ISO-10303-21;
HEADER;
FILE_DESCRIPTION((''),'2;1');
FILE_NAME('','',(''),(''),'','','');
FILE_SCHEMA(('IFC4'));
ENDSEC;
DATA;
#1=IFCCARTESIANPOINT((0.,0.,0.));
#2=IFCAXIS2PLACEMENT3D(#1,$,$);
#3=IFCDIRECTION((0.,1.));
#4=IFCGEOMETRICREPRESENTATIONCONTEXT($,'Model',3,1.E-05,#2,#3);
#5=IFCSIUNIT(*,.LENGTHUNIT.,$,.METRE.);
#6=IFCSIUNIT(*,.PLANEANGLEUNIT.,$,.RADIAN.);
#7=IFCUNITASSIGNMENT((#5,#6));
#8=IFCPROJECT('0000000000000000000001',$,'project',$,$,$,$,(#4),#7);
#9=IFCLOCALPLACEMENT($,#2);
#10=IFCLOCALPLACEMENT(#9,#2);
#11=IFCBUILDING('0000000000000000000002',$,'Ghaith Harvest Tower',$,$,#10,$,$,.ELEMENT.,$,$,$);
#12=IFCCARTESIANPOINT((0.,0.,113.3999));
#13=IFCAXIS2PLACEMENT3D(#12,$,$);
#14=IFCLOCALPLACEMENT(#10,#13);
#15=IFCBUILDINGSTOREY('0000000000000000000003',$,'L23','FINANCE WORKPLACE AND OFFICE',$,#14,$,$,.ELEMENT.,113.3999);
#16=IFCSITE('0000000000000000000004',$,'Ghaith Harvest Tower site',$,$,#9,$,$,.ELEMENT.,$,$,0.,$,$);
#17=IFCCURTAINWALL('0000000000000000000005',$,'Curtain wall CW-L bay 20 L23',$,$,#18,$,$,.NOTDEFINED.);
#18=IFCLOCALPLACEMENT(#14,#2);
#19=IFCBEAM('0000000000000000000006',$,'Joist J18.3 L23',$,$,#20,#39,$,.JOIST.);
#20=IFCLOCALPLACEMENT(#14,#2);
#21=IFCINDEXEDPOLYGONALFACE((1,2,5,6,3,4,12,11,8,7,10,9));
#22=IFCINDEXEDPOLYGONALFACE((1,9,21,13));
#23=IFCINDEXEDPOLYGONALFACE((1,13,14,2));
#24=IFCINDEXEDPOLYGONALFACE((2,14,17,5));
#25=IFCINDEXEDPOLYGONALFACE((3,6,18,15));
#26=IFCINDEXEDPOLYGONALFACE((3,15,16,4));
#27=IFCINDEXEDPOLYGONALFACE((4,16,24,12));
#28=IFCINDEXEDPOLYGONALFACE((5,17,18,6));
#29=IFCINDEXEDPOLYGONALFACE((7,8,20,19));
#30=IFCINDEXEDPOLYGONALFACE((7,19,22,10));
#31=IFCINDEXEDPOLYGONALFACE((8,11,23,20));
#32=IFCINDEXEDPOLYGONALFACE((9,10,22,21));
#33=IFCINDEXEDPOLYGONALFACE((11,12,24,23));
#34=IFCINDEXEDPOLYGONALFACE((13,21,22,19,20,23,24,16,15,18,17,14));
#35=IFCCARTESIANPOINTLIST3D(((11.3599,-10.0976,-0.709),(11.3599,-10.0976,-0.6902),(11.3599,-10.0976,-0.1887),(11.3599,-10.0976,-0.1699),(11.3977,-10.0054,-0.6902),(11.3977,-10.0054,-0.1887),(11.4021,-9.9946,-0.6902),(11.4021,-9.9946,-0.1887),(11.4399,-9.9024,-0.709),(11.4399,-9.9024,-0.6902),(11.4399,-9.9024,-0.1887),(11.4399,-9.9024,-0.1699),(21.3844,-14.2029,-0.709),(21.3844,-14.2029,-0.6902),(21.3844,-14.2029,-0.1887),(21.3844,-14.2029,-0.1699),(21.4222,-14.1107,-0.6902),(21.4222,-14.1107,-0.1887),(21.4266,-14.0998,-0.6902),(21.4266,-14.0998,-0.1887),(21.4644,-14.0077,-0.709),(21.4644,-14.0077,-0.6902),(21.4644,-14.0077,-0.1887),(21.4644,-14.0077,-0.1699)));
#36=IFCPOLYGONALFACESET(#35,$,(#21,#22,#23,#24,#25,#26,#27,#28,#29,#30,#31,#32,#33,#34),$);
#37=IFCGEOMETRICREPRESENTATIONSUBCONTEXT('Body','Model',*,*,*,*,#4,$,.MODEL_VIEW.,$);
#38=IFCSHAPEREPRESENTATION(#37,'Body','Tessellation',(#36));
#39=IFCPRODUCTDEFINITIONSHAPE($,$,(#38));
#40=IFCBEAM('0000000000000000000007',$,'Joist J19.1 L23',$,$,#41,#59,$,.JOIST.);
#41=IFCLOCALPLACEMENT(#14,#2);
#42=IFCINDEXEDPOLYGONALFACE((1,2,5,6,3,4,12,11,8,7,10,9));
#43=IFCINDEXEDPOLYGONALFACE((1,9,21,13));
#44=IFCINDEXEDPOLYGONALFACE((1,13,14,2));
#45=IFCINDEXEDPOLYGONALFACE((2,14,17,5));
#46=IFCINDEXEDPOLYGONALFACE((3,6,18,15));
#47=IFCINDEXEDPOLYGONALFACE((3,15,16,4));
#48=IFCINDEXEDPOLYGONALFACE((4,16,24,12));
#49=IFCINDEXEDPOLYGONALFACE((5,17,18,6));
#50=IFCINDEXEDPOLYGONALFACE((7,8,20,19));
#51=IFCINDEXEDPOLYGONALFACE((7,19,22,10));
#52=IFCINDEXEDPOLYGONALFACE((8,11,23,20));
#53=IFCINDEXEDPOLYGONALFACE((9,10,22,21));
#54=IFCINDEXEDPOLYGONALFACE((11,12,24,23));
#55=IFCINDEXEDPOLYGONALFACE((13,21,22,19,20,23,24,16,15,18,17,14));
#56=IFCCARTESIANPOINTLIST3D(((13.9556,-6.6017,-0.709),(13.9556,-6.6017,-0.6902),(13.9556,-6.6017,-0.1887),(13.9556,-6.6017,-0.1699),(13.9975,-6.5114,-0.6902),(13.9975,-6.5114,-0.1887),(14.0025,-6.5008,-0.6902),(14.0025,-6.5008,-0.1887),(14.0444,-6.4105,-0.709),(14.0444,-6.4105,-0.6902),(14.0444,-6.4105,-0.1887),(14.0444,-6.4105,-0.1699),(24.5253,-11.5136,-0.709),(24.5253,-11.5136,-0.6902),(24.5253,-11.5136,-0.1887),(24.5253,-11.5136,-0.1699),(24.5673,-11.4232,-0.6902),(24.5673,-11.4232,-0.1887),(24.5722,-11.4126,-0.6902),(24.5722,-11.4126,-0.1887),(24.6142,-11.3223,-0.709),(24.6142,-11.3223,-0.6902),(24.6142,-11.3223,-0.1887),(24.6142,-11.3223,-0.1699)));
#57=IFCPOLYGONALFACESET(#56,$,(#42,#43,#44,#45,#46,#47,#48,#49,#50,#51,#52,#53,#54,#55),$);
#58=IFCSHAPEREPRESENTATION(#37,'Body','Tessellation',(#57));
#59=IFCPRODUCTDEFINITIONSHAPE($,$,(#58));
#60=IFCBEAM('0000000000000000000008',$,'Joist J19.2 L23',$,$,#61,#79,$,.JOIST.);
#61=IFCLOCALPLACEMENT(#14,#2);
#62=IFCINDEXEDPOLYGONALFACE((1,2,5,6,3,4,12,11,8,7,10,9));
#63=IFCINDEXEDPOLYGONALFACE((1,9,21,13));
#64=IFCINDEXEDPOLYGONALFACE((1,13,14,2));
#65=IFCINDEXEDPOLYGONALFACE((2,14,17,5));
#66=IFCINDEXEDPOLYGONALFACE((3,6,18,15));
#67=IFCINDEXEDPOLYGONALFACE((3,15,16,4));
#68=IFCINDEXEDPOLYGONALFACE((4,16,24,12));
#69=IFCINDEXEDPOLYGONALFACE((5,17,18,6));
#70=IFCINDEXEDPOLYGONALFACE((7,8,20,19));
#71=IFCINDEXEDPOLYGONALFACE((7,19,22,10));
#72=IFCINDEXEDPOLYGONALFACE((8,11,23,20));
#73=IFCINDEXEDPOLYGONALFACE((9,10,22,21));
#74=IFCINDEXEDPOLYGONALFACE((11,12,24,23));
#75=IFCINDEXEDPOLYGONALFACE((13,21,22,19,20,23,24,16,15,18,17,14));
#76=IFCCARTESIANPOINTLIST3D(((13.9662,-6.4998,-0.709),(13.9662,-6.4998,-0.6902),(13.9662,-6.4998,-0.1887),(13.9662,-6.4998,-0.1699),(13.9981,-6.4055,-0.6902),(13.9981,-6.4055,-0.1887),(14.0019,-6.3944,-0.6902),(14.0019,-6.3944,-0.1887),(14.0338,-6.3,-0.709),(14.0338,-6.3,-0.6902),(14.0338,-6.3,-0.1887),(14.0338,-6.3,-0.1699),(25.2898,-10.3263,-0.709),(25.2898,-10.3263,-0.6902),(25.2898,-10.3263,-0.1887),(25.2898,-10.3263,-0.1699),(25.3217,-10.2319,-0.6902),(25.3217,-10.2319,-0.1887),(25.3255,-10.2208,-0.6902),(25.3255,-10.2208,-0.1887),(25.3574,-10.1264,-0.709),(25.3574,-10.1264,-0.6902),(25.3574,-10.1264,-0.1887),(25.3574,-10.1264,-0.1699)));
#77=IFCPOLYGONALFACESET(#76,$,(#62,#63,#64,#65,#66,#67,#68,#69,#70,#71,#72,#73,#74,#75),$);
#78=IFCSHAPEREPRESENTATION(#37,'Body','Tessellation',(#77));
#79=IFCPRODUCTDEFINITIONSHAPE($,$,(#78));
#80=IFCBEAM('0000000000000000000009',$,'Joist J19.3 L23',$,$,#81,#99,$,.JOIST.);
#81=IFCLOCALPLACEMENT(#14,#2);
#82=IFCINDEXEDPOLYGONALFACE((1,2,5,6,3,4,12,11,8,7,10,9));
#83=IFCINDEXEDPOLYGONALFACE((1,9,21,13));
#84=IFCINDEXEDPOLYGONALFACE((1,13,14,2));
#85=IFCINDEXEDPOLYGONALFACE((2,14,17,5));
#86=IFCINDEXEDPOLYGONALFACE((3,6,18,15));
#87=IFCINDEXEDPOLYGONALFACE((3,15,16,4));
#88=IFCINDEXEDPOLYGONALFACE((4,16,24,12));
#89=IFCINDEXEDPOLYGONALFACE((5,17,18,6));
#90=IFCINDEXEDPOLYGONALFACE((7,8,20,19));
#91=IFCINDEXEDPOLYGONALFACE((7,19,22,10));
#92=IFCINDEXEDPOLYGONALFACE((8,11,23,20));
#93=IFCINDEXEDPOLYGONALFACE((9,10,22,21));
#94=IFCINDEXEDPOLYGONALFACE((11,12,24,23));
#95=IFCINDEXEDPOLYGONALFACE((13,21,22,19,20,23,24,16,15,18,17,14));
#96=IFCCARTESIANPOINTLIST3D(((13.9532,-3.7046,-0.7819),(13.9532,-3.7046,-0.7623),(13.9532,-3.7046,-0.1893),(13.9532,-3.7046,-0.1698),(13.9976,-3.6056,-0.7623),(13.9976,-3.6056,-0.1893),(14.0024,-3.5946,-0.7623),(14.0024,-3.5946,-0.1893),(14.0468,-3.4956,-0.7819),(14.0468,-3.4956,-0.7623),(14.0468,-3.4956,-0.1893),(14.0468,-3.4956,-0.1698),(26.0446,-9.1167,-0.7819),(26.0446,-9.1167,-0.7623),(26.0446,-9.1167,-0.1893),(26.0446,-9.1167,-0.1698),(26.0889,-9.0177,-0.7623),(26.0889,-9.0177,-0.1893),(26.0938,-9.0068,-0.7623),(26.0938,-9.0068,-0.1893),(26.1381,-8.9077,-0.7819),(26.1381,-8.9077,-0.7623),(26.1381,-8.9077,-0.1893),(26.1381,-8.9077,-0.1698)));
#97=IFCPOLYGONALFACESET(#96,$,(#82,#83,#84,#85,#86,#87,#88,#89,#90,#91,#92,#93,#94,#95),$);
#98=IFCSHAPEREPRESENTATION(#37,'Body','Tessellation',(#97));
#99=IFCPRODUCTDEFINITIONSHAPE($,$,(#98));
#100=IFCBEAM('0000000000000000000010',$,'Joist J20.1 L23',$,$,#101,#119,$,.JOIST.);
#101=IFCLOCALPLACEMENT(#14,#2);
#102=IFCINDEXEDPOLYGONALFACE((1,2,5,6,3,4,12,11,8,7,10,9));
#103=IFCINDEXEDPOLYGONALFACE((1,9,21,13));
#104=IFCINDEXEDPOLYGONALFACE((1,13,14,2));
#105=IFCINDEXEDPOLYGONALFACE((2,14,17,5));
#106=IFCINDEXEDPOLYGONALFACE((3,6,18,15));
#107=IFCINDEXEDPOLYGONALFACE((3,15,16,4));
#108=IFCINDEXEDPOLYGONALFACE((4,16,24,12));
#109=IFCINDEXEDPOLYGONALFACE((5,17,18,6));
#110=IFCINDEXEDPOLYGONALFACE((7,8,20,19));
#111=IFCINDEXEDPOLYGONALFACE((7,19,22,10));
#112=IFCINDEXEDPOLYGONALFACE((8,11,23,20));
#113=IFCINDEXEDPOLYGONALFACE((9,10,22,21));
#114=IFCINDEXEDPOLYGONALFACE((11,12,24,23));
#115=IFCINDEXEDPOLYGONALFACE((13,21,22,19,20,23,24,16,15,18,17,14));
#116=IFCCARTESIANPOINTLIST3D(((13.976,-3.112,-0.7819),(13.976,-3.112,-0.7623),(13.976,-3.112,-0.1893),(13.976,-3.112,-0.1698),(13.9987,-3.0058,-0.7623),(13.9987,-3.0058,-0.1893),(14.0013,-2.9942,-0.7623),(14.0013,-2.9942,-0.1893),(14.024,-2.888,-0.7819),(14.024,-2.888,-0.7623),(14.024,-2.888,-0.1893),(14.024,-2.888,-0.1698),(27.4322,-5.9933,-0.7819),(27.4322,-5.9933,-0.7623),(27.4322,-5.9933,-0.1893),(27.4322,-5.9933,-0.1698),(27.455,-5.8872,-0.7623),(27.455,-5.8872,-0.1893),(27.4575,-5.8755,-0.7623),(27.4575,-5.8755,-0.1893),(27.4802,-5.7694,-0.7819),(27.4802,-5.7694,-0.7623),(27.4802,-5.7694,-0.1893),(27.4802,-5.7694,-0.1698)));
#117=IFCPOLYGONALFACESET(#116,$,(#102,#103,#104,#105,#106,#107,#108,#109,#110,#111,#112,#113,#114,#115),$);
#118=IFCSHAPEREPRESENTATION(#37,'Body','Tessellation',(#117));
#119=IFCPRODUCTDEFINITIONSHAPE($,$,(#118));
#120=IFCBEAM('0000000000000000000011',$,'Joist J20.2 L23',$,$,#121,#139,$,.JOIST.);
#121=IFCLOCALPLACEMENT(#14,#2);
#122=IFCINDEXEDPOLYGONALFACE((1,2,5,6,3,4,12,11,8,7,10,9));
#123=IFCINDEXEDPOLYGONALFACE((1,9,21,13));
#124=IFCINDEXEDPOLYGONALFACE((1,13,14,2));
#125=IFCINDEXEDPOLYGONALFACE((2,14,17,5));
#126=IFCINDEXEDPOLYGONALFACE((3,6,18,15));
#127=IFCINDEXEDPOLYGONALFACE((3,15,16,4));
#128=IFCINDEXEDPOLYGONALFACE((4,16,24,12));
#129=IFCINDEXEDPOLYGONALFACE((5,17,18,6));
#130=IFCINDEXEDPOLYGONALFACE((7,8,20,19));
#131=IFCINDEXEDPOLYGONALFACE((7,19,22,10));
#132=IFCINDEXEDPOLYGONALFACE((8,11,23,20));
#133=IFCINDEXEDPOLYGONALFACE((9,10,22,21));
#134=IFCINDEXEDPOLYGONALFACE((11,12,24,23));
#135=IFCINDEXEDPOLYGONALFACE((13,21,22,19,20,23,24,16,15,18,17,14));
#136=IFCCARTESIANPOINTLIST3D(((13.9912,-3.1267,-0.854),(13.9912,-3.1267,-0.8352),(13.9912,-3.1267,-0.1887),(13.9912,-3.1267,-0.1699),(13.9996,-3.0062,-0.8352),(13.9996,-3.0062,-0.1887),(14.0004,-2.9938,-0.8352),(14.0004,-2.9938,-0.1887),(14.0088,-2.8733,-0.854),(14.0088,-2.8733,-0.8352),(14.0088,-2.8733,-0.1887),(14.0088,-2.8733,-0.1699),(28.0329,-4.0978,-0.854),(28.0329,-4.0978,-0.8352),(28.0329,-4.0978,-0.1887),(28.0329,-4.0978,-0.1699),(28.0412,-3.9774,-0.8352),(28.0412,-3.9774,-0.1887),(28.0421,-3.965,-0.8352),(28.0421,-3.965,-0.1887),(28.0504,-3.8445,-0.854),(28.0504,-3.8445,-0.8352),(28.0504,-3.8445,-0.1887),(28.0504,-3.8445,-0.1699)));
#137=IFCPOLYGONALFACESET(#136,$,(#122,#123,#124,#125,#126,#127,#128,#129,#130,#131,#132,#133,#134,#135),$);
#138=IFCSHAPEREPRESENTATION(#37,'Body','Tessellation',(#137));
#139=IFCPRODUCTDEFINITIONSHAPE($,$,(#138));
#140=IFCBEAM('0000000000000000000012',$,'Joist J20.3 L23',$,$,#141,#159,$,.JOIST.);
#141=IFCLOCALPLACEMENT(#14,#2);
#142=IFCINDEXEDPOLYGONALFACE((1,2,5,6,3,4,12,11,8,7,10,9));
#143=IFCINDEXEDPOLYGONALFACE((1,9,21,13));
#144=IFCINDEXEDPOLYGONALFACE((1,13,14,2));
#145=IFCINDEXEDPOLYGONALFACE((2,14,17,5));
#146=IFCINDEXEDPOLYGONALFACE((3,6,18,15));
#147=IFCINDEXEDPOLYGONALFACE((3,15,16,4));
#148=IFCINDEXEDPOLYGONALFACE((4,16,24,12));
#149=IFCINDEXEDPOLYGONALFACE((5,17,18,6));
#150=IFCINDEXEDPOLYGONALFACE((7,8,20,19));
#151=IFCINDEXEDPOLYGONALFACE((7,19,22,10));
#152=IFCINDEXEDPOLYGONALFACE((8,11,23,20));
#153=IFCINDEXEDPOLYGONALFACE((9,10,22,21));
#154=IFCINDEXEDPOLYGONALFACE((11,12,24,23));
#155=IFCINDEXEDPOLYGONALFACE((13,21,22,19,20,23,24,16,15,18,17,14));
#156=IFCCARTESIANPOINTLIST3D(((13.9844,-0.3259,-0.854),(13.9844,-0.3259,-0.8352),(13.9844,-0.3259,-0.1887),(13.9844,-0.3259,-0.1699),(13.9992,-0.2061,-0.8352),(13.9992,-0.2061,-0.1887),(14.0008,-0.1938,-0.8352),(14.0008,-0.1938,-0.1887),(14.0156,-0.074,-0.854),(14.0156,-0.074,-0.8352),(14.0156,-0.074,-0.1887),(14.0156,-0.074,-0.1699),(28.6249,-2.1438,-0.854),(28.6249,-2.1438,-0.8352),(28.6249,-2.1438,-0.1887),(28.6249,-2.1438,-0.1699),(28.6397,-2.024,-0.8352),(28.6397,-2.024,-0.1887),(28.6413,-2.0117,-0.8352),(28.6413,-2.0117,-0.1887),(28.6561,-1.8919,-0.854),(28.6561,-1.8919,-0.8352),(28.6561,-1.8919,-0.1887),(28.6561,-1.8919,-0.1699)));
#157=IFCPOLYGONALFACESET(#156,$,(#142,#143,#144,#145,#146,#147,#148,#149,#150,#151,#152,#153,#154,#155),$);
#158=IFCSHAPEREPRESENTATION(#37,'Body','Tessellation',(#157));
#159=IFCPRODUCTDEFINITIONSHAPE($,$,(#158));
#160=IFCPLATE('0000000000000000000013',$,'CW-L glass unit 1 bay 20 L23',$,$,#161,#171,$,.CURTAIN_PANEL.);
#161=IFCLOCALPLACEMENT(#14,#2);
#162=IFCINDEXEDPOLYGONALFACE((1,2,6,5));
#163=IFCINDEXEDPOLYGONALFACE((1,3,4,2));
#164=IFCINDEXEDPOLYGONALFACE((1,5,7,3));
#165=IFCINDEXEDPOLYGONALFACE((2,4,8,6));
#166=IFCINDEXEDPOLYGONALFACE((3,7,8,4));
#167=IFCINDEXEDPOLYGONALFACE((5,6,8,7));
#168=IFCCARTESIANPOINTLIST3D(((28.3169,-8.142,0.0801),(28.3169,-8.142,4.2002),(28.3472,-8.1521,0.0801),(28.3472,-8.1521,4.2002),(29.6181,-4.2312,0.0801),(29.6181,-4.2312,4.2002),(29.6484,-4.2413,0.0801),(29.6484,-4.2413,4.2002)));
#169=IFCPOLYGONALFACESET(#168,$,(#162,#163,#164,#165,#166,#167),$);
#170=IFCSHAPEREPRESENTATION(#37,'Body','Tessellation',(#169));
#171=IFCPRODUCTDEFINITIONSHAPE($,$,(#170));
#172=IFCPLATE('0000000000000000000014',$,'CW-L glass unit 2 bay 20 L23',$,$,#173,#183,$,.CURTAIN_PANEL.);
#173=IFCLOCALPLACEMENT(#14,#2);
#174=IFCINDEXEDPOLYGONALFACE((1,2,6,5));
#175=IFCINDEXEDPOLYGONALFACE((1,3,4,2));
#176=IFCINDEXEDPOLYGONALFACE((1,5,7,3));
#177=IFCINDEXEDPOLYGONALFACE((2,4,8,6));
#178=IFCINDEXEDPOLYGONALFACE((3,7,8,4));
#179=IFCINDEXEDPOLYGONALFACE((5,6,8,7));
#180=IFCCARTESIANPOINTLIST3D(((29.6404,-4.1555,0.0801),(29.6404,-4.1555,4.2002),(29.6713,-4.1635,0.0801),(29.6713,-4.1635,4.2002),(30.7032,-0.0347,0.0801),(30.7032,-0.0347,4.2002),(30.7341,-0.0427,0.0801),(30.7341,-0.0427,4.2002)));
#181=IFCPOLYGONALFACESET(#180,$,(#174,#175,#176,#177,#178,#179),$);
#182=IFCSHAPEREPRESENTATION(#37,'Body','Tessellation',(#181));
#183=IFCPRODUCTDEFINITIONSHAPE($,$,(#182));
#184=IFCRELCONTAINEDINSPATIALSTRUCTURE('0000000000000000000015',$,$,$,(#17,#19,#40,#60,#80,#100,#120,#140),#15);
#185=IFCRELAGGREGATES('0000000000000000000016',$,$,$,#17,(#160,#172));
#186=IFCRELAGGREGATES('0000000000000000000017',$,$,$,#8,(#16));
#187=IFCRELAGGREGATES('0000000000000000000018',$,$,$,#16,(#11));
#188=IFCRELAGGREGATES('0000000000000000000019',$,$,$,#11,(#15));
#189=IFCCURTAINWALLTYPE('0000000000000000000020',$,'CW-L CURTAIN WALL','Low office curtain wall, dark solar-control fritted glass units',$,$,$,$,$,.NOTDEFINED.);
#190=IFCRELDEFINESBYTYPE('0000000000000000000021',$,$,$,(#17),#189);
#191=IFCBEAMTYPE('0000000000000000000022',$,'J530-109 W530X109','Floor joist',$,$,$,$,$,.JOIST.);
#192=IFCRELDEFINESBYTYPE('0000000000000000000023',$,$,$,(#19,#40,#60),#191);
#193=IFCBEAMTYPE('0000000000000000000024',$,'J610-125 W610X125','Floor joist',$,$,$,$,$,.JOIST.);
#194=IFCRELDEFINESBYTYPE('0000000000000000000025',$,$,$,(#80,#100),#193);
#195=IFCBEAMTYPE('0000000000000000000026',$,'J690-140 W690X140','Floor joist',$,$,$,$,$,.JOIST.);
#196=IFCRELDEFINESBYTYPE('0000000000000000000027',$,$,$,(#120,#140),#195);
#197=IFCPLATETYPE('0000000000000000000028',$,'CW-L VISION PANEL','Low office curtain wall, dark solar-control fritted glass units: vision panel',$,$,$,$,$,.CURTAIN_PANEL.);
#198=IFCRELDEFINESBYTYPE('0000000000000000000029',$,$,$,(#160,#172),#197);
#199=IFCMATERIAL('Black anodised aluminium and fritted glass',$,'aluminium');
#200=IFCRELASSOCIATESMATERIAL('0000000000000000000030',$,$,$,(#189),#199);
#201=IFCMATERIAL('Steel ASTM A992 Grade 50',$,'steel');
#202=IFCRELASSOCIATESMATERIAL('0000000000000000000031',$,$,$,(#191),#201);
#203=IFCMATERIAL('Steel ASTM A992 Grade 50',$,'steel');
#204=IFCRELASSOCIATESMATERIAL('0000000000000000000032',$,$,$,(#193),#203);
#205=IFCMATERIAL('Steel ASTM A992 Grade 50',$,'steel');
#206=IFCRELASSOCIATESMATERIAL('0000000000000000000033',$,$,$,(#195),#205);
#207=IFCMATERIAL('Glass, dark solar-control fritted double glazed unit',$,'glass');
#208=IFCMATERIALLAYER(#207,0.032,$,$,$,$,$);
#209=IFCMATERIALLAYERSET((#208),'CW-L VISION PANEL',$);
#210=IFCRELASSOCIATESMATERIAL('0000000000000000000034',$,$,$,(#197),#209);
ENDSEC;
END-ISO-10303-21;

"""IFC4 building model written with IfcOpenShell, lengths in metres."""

from ifc_helpers import new_model, si_unit, direction, frame, origin, origin_2d, place, context, subcontext, project, spatial, rectangle, i_section, extrude, material, layer, layer_set, material_profile, profile_set, type_object, element, aggregate, save


model = new_model("IFC4")

# Units and contexts
model_context = context("Model", 3, precision=1e-05, world=origin(), true_north=direction((0.0, 1.0)))
body_context = subcontext(model_context, "Body", "Model", "MODEL_VIEW")
ifc_project = project(units=[si_unit("LENGTHUNIT", "METRE"), si_unit("PLANEANGLEUNIT", "RADIAN")], contexts=[model_context])

# Site, building, storey
site_placement = place(None, origin())
site = spatial("IfcSite", under=ifc_project, at=site_placement, Name="Ghaith Harvest Tower site", CompositionType="ELEMENT", RefElevation=0.0)
building_placement = place(site_placement, origin())
building = spatial("IfcBuilding", under=site, at=building_placement, Name="Ghaith Harvest Tower", CompositionType="ELEMENT")
storey_placement = place(building_placement, frame((0.0, 0.0, 113.3999)))
storey = spatial("IfcBuildingStorey", under=building, at=storey_placement, Name="L23", Description="FINANCE WORKPLACE AND OFFICE", CompositionType="ELEMENT", Elevation=113.3999)

# Curtain wall
ifc_material_1 = material(Name="Black anodised aluminium and fritted glass", Category="aluminium")
curtain_wall_type = type_object("IfcCurtainWallType", Name="CW-L CURTAIN WALL", Description="Low office curtain wall, dark solar-control fritted glass units", PredefinedType="NOTDEFINED", material=ifc_material_1)
curtain_wall_placement = place(storey_placement, origin())
curtain_wall = element("IfcCurtainWall", 1, at=curtain_wall_placement, inside=storey, type_object=curtain_wall_type, Name="Curtain wall CW-L bay 20 L23", PredefinedType="NOTDEFINED")

# Beams
ifc_material_2 = material(Name="Steel ASTM A992 Grade 50", Category="steel")
ifc_material_profile_1 = material_profile(ifc_material_2, i_section(OverallWidth=0.2109, OverallDepth=0.5391, WebThickness=0.0117, FlangeThickness=0.0188, at=origin_2d()), Name="W530X109")
ifc_profile_set_1 = profile_set([ifc_material_profile_1], Name="Steel ASTM A992 Grade 50")
beam_type_1 = type_object("IfcBeamType", Name="J530-109 W530X109", Description="Floor joist", PredefinedType="JOIST", material=ifc_profile_set_1)
beam_1_placement = place(storey_placement, frame((11.3999, -10.0, -0.4395), z_axis=(0.925407, -0.378975, 0.0), x_axis=(0.378975, 0.925407, 0.0)))
element("IfcBeam", 2, at=beam_1_placement, inside=storey, type_object=beam_type_1, Name="Joist J18.3 L23", PredefinedType="JOIST", context=body_context, shape_type="SweptSolid", body=[
    extrude(i_section(OverallWidth=0.2109, OverallDepth=0.5391, WebThickness=0.0117, FlangeThickness=0.0188, at=origin_2d()), origin(), (0.0, 0.0, 1.0), 10.8325),
])
beam_2_placement = place(storey_placement, frame((14.0, -6.5061, -0.4395), z_axis=(0.906863, -0.421425, 0.0), x_axis=(0.421425, 0.906863, 0.0)))
element("IfcBeam", 3, at=beam_2_placement, inside=storey, type_object=beam_type_1, Name="Joist J19.1 L23", PredefinedType="JOIST", context=body_context, shape_type="SweptSolid", body=[
    extrude(i_section(OverallWidth=0.2109, OverallDepth=0.5391, WebThickness=0.0117, FlangeThickness=0.0188, at=origin_2d()), origin(), (0.0, 0.0, 1.0), 11.6553),
])
beam_3_placement = place(storey_placement, frame((14.0, -6.3999, -0.4395), z_axis=(0.947372, -0.320135, 0.0), x_axis=(0.320135, 0.947372, 0.0)))
element("IfcBeam", 4, at=beam_3_placement, inside=storey, type_object=beam_type_1, Name="Joist J19.2 L23", PredefinedType="JOIST", context=body_context, shape_type="SweptSolid", body=[
    extrude(i_section(OverallWidth=0.2109, OverallDepth=0.5391, WebThickness=0.0117, FlangeThickness=0.0188, at=origin_2d()), origin(), (0.0, 0.0, 1.0), 11.9526),
])
ifc_material_3 = material(Name="Steel ASTM A992 Grade 50", Category="steel")
ifc_material_profile_2 = material_profile(ifc_material_3, i_section(OverallWidth=0.229, OverallDepth=0.6121, WebThickness=0.012, FlangeThickness=0.0195, at=origin_2d()), Name="W610X125")
ifc_profile_set_2 = profile_set([ifc_material_profile_2], Name="Steel ASTM A992 Grade 50")
beam_type_2 = type_object("IfcBeamType", Name="J610-125 W610X125", Description="Floor joist", PredefinedType="JOIST", material=ifc_profile_set_2)
beam_4_placement = place(storey_placement, frame((14.0, -3.6001, -0.4758), z_axis=(0.912738, -0.408545, 0.0), x_axis=(0.408545, 0.912738, 0.0)))
element("IfcBeam", 5, at=beam_4_placement, inside=storey, type_object=beam_type_2, Name="Joist J19.3 L23", PredefinedType="JOIST", context=body_context, shape_type="SweptSolid", body=[
    extrude(i_section(OverallWidth=0.229, OverallDepth=0.6121, WebThickness=0.012, FlangeThickness=0.0195, at=origin_2d()), origin(), (0.0, 0.0, 1.0), 13.2473),
])
beam_5_placement = place(storey_placement, frame((14.0, -3.0, -0.4758), z_axis=(0.977834, -0.20938, 0.0), x_axis=(0.20938, 0.977834, 0.0)))
element("IfcBeam", 6, at=beam_5_placement, inside=storey, type_object=beam_type_2, Name="Joist J20.1 L23", PredefinedType="JOIST", context=body_context, shape_type="SweptSolid", body=[
    extrude(i_section(OverallWidth=0.229, OverallDepth=0.6121, WebThickness=0.012, FlangeThickness=0.0195, at=origin_2d()), origin(), (0.0, 0.0, 1.0), 13.7612),
])
ifc_material_4 = material(Name="Steel ASTM A992 Grade 50", Category="steel")
ifc_material_profile_3 = material_profile(ifc_material_4, i_section(OverallWidth=0.2539, OverallDepth=0.6841, WebThickness=0.0125, FlangeThickness=0.0188, at=origin_2d()), Name="W690X140")
ifc_profile_set_3 = profile_set([ifc_material_profile_3], Name="Steel ASTM A992 Grade 50")
beam_type_3 = type_object("IfcBeamType", Name="J690-140 W690X140", Description="Floor joist", PredefinedType="JOIST", material=ifc_profile_set_3)
beam_6_placement = place(storey_placement, frame((14.0, -3.0, -0.512), z_axis=(0.997617, -0.069, 0.0), x_axis=(0.069, 0.997617, 0.0)))
element("IfcBeam", 7, at=beam_6_placement, inside=storey, type_object=beam_type_3, Name="Joist J20.2 L23", PredefinedType="JOIST", context=body_context, shape_type="SweptSolid", body=[
    extrude(i_section(OverallWidth=0.2539, OverallDepth=0.6841, WebThickness=0.0125, FlangeThickness=0.0188, at=origin_2d()), origin(), (0.0, 0.0, 1.0), 14.0752),
])
beam_7_placement = place(storey_placement, frame((14.0, -0.2, -0.512), z_axis=(0.992379, -0.123222, 0.0), x_axis=(0.123222, 0.992379, 0.0)))
element("IfcBeam", 8, at=beam_7_placement, inside=storey, type_object=beam_type_3, Name="Joist J20.3 L23", PredefinedType="JOIST", context=body_context, shape_type="SweptSolid", body=[
    extrude(i_section(OverallWidth=0.2539, OverallDepth=0.6841, WebThickness=0.0125, FlangeThickness=0.0188, at=origin_2d()), origin(), (0.0, 0.0, 1.0), 14.7529),
])

# Plates
ifc_material_5 = material(Name="Glass, dark solar-control fritted double glazed unit", Category="glass")
ifc_layer_1 = layer(ifc_material_5, 0.032)
ifc_layer_set_1 = layer_set([ifc_layer_1], Name="CW-L VISION PANEL")
plate_type_1 = type_object("IfcPlateType", Name="CW-L VISION PANEL", Description="Low office curtain wall, dark solar-control fritted glass units: vision panel", PredefinedType="CURTAIN_PANEL", material=ifc_layer_set_1)
plate_1_placement = place(storey_placement, frame((28.9827, -6.1917, 0.0801), z_axis=(0.0, 0.0, 1.0), x_axis=(0.315708, 0.948856, 0.0)))
plate_1 = element("IfcPlate", 9, at=plate_1_placement, type_object=plate_type_1, Name="CW-L glass unit 1 bay 20 L23", PredefinedType="CURTAIN_PANEL", context=body_context, shape_type="SweptSolid", body=[
    extrude(rectangle(XDim=4.1216, YDim=0.032, at=origin_2d()), origin(), (0.0, 0.0, 1.0), 4.1201),
])
plate_2_placement = place(storey_placement, frame((30.1873, -2.0991, 0.0801), z_axis=(0.0, 0.0, 1.0), x_axis=(0.249744, 0.968312, 0.0)))
plate_2 = element("IfcPlate", 10, at=plate_2_placement, type_object=plate_type_1, Name="CW-L glass unit 2 bay 20 L23", PredefinedType="CURTAIN_PANEL", context=body_context, shape_type="SweptSolid", body=[
    extrude(rectangle(XDim=4.2556, YDim=0.032, at=origin_2d()), origin(), (0.0, 0.0, 1.0), 4.1201),
])
aggregate(curtain_wall, [plate_1, plate_2])

save(model, "model.ifc")
